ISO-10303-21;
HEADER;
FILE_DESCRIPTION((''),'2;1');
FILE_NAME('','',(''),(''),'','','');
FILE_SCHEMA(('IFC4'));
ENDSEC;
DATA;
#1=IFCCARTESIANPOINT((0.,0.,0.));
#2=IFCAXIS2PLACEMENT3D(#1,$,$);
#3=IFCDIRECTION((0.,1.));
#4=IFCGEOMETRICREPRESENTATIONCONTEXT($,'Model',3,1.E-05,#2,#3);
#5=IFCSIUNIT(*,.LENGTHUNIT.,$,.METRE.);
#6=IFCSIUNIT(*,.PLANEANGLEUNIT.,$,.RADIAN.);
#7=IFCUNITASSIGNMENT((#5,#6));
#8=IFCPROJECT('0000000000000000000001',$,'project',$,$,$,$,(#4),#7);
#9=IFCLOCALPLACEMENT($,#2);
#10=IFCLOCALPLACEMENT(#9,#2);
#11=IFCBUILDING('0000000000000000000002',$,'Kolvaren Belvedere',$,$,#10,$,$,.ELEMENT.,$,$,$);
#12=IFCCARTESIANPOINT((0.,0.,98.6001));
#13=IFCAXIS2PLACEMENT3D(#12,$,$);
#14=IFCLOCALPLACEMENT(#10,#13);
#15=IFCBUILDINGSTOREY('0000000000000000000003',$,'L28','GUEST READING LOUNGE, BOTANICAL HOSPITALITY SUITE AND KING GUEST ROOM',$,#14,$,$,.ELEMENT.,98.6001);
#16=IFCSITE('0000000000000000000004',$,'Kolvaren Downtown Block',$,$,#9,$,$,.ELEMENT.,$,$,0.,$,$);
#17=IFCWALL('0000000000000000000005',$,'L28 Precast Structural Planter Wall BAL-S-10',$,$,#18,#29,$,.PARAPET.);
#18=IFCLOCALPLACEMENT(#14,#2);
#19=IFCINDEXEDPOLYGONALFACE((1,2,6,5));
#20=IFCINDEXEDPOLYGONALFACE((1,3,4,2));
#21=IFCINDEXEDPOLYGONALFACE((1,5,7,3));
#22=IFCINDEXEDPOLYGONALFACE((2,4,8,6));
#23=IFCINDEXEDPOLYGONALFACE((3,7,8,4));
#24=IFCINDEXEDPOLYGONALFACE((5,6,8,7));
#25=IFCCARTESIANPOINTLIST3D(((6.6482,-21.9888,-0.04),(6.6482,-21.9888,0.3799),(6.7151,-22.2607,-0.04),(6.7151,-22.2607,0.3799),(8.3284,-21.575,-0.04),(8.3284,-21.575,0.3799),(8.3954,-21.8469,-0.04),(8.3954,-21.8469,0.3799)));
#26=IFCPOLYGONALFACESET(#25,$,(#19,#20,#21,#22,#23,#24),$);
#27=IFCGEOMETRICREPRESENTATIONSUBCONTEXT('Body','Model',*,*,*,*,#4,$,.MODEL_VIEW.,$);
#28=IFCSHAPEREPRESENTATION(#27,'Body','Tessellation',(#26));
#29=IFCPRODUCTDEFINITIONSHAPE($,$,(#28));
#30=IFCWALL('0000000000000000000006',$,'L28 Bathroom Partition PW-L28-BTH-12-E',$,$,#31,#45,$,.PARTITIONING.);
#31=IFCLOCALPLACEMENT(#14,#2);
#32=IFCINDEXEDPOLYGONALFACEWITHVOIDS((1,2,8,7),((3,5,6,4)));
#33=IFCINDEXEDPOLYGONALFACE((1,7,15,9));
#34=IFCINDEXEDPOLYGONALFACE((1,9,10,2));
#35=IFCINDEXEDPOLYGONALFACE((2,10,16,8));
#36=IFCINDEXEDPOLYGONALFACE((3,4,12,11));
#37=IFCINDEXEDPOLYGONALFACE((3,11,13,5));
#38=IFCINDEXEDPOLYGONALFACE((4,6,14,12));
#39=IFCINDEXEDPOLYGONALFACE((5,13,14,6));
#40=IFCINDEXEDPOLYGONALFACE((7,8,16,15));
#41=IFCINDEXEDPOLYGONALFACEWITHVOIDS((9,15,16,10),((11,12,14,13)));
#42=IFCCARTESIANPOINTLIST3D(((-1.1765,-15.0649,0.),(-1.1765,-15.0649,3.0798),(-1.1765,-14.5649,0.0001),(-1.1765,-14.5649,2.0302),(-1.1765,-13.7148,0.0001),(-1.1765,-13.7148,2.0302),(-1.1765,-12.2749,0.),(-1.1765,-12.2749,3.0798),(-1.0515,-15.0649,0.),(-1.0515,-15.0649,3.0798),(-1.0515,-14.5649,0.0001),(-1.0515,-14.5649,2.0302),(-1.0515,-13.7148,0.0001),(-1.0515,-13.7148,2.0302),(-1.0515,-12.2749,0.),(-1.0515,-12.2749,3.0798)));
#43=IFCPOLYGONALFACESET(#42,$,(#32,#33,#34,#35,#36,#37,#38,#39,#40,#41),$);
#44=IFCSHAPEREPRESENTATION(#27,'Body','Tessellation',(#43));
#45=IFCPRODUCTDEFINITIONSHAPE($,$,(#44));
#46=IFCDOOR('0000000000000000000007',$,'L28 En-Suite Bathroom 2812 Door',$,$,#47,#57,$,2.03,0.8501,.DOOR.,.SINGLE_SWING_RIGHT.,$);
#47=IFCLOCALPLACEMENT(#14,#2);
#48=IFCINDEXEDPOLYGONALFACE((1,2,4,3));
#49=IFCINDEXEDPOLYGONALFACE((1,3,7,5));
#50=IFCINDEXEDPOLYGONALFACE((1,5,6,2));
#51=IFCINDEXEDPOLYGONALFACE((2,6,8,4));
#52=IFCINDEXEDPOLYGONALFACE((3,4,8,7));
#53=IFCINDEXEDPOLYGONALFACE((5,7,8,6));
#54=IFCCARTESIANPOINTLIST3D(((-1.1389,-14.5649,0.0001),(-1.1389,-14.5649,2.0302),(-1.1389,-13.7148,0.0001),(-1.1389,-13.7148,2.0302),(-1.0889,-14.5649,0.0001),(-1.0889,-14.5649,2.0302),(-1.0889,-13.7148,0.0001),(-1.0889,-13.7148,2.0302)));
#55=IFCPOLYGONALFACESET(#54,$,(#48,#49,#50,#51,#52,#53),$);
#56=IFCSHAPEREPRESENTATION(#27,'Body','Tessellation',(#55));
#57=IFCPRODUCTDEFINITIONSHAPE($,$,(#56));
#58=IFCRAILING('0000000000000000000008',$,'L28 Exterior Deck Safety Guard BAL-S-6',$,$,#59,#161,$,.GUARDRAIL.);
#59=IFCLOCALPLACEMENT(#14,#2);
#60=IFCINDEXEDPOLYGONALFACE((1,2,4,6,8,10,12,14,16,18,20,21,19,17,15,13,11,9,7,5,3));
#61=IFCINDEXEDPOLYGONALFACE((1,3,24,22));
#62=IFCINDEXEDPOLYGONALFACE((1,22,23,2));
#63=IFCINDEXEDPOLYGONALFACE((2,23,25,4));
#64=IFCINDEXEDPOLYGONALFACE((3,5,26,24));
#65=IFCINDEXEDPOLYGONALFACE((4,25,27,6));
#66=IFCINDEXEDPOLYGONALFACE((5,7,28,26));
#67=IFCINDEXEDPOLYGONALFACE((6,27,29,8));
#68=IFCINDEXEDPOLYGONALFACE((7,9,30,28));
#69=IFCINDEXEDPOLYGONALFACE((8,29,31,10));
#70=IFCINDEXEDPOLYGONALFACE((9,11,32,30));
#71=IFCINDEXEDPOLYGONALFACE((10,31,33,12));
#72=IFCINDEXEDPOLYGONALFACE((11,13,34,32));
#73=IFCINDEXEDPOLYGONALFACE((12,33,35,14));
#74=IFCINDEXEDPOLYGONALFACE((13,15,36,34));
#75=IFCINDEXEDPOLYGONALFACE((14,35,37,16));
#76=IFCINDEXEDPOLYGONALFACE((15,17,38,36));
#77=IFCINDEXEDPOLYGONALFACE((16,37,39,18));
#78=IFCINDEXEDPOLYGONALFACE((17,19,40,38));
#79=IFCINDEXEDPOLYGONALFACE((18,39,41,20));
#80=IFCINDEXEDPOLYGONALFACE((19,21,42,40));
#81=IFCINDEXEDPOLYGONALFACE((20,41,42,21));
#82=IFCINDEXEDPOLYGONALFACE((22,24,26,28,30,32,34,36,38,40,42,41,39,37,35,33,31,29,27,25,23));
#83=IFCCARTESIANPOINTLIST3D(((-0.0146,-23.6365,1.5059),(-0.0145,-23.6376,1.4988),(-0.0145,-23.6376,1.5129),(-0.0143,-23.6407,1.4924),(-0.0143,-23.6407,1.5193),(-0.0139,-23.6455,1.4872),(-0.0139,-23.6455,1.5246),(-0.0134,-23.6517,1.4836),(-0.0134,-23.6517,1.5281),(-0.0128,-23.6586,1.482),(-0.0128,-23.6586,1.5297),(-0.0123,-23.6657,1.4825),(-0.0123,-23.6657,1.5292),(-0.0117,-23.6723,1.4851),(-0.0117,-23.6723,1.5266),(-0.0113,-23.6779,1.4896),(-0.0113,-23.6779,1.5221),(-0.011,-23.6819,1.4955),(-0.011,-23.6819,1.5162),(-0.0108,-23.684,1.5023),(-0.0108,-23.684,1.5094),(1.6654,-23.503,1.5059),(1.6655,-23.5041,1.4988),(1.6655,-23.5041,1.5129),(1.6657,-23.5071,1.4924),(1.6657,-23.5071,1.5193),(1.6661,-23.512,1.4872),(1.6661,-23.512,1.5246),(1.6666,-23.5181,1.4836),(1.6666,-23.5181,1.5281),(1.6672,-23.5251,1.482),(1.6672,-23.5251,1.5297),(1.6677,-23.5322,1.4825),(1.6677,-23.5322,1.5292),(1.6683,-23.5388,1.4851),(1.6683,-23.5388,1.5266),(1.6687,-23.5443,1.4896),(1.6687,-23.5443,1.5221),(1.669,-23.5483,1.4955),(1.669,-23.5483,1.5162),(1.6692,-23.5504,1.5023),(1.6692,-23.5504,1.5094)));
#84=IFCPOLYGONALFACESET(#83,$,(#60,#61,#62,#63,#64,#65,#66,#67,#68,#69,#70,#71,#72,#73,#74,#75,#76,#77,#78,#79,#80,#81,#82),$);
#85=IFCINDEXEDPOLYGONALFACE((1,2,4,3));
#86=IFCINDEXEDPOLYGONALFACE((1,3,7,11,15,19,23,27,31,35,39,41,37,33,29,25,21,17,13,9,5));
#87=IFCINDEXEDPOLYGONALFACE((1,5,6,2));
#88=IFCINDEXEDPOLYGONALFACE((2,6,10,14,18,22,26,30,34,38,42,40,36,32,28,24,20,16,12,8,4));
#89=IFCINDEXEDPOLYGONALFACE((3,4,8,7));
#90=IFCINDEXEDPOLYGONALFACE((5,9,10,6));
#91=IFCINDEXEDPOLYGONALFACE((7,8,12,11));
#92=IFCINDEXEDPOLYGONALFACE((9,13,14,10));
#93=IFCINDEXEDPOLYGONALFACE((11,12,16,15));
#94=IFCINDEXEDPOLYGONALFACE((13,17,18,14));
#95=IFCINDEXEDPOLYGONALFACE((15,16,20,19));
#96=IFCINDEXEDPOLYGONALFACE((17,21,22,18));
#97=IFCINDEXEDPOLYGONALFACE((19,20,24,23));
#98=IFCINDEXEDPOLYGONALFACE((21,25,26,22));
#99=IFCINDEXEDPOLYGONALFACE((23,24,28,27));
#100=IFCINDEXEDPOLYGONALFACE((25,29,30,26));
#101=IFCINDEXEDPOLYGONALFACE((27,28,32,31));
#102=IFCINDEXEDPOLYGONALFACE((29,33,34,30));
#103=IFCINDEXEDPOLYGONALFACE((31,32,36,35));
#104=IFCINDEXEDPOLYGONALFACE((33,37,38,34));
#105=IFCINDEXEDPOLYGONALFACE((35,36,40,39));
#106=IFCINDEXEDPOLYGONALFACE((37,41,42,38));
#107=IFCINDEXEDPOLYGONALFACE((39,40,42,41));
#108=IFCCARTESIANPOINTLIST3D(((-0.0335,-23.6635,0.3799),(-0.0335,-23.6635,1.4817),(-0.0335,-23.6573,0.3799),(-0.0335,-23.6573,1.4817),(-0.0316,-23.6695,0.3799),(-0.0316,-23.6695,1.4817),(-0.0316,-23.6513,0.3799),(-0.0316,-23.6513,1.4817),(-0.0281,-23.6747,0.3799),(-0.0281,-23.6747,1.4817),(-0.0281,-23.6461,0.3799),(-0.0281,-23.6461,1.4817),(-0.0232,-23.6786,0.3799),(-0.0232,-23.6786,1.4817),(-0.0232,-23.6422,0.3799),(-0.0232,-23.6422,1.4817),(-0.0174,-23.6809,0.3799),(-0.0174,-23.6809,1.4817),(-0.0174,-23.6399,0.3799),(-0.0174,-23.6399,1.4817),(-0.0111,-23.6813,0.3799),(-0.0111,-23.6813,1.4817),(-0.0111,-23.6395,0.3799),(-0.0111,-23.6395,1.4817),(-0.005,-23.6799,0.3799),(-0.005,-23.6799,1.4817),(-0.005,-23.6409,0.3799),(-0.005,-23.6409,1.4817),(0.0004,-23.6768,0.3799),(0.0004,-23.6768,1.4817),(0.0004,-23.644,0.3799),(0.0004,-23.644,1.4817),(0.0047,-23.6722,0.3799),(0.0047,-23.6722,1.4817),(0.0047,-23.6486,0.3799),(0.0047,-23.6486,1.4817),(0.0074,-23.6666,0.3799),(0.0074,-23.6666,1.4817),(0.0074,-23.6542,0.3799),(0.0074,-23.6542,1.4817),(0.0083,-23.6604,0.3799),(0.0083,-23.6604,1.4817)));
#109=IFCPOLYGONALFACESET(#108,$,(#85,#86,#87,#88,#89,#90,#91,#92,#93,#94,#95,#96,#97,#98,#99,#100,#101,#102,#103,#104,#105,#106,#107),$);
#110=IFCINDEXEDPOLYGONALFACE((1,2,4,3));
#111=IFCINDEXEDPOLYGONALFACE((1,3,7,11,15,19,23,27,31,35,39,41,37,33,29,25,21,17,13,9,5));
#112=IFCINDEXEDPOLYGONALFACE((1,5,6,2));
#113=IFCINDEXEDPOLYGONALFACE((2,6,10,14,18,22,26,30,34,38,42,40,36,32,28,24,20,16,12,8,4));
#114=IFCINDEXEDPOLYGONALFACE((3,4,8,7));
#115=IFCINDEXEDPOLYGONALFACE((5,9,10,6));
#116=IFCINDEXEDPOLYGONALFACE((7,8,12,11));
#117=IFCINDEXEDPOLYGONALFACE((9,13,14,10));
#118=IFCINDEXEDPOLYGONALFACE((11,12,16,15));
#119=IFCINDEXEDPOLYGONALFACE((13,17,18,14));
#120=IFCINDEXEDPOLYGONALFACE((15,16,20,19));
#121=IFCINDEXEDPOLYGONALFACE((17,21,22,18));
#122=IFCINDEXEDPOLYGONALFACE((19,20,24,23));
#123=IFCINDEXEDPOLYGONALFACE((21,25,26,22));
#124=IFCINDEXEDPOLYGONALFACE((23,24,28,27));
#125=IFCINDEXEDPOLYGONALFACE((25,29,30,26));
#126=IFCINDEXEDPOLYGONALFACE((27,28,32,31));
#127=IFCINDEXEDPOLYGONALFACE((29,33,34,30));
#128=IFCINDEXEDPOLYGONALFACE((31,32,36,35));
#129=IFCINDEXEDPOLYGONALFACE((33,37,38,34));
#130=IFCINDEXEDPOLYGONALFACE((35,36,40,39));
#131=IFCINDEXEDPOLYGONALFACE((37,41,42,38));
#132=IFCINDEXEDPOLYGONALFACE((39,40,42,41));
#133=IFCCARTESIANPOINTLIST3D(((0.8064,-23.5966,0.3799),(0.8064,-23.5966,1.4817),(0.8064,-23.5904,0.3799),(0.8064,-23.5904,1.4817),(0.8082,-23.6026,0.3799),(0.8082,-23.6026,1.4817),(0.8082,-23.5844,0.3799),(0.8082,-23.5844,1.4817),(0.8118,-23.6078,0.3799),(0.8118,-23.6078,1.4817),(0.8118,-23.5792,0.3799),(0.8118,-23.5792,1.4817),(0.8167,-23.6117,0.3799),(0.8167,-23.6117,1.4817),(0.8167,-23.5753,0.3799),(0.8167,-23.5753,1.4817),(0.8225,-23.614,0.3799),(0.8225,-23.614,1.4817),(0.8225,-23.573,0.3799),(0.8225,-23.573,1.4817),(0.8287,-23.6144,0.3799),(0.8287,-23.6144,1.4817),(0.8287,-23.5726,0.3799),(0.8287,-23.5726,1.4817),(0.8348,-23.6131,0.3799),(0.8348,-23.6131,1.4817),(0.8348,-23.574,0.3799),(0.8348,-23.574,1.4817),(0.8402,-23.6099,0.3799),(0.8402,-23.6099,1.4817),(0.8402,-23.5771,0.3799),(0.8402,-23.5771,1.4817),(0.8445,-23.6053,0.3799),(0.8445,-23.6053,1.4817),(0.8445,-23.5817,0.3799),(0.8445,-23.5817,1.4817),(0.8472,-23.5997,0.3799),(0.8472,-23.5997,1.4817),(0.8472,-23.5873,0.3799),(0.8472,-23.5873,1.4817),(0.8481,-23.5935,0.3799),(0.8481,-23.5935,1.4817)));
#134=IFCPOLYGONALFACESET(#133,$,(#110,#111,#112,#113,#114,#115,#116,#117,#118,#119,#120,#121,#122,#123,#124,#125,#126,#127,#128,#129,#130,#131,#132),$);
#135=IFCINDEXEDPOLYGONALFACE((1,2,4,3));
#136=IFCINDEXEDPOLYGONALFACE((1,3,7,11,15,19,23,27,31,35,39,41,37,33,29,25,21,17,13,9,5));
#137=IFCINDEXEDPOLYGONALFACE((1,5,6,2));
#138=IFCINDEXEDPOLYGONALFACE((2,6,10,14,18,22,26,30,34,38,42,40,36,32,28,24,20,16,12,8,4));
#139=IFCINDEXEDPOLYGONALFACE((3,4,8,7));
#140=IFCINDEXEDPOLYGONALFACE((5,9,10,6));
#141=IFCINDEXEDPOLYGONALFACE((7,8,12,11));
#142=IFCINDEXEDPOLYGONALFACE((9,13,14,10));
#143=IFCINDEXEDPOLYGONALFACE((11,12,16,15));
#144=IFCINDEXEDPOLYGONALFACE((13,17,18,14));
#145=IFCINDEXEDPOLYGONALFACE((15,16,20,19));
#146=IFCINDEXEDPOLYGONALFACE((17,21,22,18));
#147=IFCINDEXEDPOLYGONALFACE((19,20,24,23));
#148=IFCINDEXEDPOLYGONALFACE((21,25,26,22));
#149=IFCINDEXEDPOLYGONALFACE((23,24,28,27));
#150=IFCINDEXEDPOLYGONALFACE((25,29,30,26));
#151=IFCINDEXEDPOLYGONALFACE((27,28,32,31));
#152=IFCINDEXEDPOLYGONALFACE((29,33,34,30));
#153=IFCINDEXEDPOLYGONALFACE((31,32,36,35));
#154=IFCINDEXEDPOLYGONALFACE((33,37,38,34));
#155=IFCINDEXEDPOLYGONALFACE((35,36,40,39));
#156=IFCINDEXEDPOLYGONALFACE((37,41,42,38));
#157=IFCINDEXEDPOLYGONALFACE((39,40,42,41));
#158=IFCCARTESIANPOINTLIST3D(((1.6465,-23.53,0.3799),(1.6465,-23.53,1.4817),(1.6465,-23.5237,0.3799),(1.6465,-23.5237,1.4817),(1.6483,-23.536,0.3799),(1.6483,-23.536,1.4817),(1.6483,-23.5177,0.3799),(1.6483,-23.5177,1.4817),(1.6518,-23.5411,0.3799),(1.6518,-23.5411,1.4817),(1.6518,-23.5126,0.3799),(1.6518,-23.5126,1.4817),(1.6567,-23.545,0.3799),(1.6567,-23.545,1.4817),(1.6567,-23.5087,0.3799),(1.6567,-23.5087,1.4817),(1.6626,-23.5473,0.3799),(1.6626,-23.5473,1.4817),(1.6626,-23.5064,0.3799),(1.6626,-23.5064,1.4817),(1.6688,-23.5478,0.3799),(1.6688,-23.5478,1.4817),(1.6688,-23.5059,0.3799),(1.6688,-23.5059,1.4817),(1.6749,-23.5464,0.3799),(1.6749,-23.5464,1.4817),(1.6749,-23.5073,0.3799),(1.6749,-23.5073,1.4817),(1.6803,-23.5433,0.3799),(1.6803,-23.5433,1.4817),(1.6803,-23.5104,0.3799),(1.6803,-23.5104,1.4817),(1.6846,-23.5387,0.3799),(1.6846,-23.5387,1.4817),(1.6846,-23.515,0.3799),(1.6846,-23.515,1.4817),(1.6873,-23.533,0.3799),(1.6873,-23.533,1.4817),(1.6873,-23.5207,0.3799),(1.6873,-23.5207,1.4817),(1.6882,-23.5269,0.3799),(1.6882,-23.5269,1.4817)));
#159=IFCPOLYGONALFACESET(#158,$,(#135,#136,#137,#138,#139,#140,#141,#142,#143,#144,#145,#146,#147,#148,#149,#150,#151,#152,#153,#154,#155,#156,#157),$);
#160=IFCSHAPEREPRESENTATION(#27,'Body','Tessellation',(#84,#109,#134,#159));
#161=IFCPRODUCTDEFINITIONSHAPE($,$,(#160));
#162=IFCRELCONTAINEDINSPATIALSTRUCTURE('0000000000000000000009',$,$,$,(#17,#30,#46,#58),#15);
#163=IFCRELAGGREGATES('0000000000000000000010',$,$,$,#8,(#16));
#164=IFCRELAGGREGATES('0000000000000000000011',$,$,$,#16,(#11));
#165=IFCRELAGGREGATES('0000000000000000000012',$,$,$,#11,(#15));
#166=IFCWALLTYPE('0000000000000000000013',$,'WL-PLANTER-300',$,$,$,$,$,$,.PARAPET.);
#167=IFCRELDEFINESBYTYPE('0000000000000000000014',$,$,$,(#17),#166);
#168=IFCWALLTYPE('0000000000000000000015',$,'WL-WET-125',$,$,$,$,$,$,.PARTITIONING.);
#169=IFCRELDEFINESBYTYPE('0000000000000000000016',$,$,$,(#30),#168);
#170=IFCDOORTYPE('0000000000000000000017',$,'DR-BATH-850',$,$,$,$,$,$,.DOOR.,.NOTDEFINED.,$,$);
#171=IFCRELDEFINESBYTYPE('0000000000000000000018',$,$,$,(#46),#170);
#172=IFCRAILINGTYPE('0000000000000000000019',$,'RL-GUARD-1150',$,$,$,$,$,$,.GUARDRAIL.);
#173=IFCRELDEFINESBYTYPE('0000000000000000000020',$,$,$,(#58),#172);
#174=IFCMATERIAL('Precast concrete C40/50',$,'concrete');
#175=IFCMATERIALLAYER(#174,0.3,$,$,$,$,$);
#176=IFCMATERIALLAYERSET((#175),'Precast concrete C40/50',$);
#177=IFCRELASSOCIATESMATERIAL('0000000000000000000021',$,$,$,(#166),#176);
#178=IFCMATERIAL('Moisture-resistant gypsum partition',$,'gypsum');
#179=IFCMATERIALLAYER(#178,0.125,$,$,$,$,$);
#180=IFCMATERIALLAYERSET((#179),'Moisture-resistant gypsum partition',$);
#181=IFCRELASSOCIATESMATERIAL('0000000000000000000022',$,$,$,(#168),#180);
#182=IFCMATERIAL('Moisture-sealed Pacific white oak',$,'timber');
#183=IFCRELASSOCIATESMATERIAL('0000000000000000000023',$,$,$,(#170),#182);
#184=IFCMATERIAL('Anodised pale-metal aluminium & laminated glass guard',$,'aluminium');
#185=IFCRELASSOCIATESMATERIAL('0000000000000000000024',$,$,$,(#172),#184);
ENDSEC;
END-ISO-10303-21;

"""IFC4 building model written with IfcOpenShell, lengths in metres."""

from ifc_helpers import new_model, si_unit, direction, frame, frame_2d, origin, origin_2d, place, context, subcontext, project, spatial, rectangle, circle, extrude, material, layer, layer_set, type_object, element, fill, save


model = new_model("IFC4")

# Units and contexts
model_context = context("Model", 3, precision=1e-05, world=origin(), true_north=direction((0.0, 1.0)))
body_context = subcontext(model_context, "Body", "Model", "MODEL_VIEW")
ifc_project = project(units=[si_unit("LENGTHUNIT", "METRE"), si_unit("PLANEANGLEUNIT", "RADIAN")], contexts=[model_context])

# Site, building, storey
site_placement = place(None, origin())
site = spatial("IfcSite", under=ifc_project, at=site_placement, Name="Kolvaren Downtown Block", CompositionType="ELEMENT", RefElevation=0.0)
building_placement = place(site_placement, origin())
building = spatial("IfcBuilding", under=site, at=building_placement, Name="Kolvaren Belvedere", CompositionType="ELEMENT")
storey_placement = place(building_placement, frame((0.0, 0.0, 98.6001)))
storey = spatial("IfcBuildingStorey", under=building, at=storey_placement, Name="L28", Description="GUEST READING LOUNGE, BOTANICAL HOSPITALITY SUITE AND KING GUEST ROOM", CompositionType="ELEMENT", Elevation=98.6001)

# Wall
ifc_material_1 = material(Name="Precast concrete C40/50", Category="concrete")
ifc_layer_1 = layer(ifc_material_1, 0.3)
ifc_layer_set_1 = layer_set([ifc_layer_1], Name="Precast concrete C40/50")
wall_type_1 = type_object("IfcWallType", Name="WL-PLANTER-300", PredefinedType="PARAPET", material=ifc_layer_set_1)
wall_1_placement = place(storey_placement, frame((6.6816, -22.1248, -0.04), z_axis=(0.0, 0.0, 1.0), x_axis=(0.970983, 0.239148, 0.0)))
element("IfcWall", 1, at=wall_1_placement, inside=storey, type_object=wall_type_1, Name="L28 Precast Structural Planter Wall BAL-S-10", PredefinedType="PARAPET", context=body_context, shape_type="SweptSolid", body=[
    extrude(rectangle(XDim=1.7305, YDim=0.28, at=frame_2d((0.8652, 0.0))), origin(), (0.0, 0.0, 1.0), 0.4199),
])

# Wall, opening, door
ifc_material_2 = material(Name="Moisture-resistant gypsum partition", Category="gypsum")
ifc_layer_2 = layer(ifc_material_2, 0.125)
ifc_layer_set_2 = layer_set([ifc_layer_2], Name="Moisture-resistant gypsum partition")
wall_type_2 = type_object("IfcWallType", Name="WL-WET-125", PredefinedType="PARTITIONING", material=ifc_layer_set_2)
wall_2_placement = place(storey_placement, frame((-1.114, -15.0649, 0.0), z_axis=(0.0, 0.0, 1.0), x_axis=(0.0, 1.0, 0.0)))
wall_2 = element("IfcWall", 2, at=wall_2_placement, inside=storey, type_object=wall_type_2, Name="L28 Bathroom Partition PW-L28-BTH-12-E", PredefinedType="PARTITIONING", context=body_context, shape_type="SweptSolid", body=[
    extrude(rectangle(XDim=2.79, YDim=0.125, at=frame_2d((1.395, 0.0))), origin(), (0.0, 0.0, 1.0), 3.0798),
])
opening_1_placement = place(wall_2_placement, frame((0.5, 0.0, 0.0)))
opening_1 = element("IfcOpeningElement", 3, at=opening_1_placement, cuts=wall_2, PredefinedType="OPENING", context=body_context, shape_type="SweptSolid", body=[
    extrude(rectangle(XDim=0.8501, YDim=2.03, at=frame_2d((0.425, 1.0151))), frame((0.0, 0.0725, 0.0), z_axis=(0.0, -1.0, 0.0), x_axis=(1.0, 0.0, 0.0)), (0.0, 0.0, 1.0), 0.145),
])
ifc_material_3 = material(Name="Moisture-sealed Pacific white oak", Category="timber")
door_type_1 = type_object("IfcDoorType", Name="DR-BATH-850", OperationType="NOTDEFINED", PredefinedType="DOOR", material=ifc_material_3)
door_1_placement = place(opening_1_placement, origin())
door_1 = element("IfcDoor", 4, at=door_1_placement, inside=storey, type_object=door_type_1, Name="L28 En-Suite Bathroom 2812 Door", OperationType="SINGLE_SWING_RIGHT", OverallHeight=2.03, OverallWidth=0.8501, PredefinedType="DOOR", context=body_context, shape_type="SweptSolid", body=[
    extrude(rectangle(XDim=0.8501, YDim=2.03, at=frame_2d((0.425, 1.0151))), frame((0.0, 0.0249, 0.0), z_axis=(0.0, -1.0, 0.0), x_axis=(1.0, 0.0, 0.0)), (0.0, 0.0, 1.0), 0.05),
])
fill(opening_1, door_1)

# Railing
ifc_material_4 = material(Name="Anodised pale-metal aluminium & laminated glass guard", Category="aluminium")
railing_type = type_object("IfcRailingType", Name="RL-GUARD-1150", PredefinedType="GUARDRAIL", material=ifc_material_4)
railing_1_placement = place(storey_placement, frame((-0.0127, -23.6604, 0.3799)))
element("IfcRailing", 5, at=railing_1_placement, inside=storey, type_object=railing_type, Name="L28 Exterior Deck Safety Guard BAL-S-6", PredefinedType="GUARDRAIL", context=body_context, shape_type="SweptSolid", body=[
    extrude(circle(Radius=0.0239, at=origin_2d()), frame((0.0, 0.0, 1.126), z_axis=(0.996855, 0.079244, 0.0), x_axis=(-0.079244, 0.996855, 0.0)), (0.0, 0.0, 1.0), 1.6853),
    extrude(circle(Radius=0.021, at=origin_2d()), origin(), (0.0, 0.0, 1.0), 1.1018),
    extrude(circle(Radius=0.021, at=origin_2d()), frame((0.8398, 0.0669, 0.0)), (0.0, 0.0, 1.0), 1.1018),
    extrude(circle(Radius=0.021, at=origin_2d()), frame((1.6799, 0.1335, 0.0)), (0.0, 0.0, 1.0), 1.1018),
])

save(model, "model.ifc")
